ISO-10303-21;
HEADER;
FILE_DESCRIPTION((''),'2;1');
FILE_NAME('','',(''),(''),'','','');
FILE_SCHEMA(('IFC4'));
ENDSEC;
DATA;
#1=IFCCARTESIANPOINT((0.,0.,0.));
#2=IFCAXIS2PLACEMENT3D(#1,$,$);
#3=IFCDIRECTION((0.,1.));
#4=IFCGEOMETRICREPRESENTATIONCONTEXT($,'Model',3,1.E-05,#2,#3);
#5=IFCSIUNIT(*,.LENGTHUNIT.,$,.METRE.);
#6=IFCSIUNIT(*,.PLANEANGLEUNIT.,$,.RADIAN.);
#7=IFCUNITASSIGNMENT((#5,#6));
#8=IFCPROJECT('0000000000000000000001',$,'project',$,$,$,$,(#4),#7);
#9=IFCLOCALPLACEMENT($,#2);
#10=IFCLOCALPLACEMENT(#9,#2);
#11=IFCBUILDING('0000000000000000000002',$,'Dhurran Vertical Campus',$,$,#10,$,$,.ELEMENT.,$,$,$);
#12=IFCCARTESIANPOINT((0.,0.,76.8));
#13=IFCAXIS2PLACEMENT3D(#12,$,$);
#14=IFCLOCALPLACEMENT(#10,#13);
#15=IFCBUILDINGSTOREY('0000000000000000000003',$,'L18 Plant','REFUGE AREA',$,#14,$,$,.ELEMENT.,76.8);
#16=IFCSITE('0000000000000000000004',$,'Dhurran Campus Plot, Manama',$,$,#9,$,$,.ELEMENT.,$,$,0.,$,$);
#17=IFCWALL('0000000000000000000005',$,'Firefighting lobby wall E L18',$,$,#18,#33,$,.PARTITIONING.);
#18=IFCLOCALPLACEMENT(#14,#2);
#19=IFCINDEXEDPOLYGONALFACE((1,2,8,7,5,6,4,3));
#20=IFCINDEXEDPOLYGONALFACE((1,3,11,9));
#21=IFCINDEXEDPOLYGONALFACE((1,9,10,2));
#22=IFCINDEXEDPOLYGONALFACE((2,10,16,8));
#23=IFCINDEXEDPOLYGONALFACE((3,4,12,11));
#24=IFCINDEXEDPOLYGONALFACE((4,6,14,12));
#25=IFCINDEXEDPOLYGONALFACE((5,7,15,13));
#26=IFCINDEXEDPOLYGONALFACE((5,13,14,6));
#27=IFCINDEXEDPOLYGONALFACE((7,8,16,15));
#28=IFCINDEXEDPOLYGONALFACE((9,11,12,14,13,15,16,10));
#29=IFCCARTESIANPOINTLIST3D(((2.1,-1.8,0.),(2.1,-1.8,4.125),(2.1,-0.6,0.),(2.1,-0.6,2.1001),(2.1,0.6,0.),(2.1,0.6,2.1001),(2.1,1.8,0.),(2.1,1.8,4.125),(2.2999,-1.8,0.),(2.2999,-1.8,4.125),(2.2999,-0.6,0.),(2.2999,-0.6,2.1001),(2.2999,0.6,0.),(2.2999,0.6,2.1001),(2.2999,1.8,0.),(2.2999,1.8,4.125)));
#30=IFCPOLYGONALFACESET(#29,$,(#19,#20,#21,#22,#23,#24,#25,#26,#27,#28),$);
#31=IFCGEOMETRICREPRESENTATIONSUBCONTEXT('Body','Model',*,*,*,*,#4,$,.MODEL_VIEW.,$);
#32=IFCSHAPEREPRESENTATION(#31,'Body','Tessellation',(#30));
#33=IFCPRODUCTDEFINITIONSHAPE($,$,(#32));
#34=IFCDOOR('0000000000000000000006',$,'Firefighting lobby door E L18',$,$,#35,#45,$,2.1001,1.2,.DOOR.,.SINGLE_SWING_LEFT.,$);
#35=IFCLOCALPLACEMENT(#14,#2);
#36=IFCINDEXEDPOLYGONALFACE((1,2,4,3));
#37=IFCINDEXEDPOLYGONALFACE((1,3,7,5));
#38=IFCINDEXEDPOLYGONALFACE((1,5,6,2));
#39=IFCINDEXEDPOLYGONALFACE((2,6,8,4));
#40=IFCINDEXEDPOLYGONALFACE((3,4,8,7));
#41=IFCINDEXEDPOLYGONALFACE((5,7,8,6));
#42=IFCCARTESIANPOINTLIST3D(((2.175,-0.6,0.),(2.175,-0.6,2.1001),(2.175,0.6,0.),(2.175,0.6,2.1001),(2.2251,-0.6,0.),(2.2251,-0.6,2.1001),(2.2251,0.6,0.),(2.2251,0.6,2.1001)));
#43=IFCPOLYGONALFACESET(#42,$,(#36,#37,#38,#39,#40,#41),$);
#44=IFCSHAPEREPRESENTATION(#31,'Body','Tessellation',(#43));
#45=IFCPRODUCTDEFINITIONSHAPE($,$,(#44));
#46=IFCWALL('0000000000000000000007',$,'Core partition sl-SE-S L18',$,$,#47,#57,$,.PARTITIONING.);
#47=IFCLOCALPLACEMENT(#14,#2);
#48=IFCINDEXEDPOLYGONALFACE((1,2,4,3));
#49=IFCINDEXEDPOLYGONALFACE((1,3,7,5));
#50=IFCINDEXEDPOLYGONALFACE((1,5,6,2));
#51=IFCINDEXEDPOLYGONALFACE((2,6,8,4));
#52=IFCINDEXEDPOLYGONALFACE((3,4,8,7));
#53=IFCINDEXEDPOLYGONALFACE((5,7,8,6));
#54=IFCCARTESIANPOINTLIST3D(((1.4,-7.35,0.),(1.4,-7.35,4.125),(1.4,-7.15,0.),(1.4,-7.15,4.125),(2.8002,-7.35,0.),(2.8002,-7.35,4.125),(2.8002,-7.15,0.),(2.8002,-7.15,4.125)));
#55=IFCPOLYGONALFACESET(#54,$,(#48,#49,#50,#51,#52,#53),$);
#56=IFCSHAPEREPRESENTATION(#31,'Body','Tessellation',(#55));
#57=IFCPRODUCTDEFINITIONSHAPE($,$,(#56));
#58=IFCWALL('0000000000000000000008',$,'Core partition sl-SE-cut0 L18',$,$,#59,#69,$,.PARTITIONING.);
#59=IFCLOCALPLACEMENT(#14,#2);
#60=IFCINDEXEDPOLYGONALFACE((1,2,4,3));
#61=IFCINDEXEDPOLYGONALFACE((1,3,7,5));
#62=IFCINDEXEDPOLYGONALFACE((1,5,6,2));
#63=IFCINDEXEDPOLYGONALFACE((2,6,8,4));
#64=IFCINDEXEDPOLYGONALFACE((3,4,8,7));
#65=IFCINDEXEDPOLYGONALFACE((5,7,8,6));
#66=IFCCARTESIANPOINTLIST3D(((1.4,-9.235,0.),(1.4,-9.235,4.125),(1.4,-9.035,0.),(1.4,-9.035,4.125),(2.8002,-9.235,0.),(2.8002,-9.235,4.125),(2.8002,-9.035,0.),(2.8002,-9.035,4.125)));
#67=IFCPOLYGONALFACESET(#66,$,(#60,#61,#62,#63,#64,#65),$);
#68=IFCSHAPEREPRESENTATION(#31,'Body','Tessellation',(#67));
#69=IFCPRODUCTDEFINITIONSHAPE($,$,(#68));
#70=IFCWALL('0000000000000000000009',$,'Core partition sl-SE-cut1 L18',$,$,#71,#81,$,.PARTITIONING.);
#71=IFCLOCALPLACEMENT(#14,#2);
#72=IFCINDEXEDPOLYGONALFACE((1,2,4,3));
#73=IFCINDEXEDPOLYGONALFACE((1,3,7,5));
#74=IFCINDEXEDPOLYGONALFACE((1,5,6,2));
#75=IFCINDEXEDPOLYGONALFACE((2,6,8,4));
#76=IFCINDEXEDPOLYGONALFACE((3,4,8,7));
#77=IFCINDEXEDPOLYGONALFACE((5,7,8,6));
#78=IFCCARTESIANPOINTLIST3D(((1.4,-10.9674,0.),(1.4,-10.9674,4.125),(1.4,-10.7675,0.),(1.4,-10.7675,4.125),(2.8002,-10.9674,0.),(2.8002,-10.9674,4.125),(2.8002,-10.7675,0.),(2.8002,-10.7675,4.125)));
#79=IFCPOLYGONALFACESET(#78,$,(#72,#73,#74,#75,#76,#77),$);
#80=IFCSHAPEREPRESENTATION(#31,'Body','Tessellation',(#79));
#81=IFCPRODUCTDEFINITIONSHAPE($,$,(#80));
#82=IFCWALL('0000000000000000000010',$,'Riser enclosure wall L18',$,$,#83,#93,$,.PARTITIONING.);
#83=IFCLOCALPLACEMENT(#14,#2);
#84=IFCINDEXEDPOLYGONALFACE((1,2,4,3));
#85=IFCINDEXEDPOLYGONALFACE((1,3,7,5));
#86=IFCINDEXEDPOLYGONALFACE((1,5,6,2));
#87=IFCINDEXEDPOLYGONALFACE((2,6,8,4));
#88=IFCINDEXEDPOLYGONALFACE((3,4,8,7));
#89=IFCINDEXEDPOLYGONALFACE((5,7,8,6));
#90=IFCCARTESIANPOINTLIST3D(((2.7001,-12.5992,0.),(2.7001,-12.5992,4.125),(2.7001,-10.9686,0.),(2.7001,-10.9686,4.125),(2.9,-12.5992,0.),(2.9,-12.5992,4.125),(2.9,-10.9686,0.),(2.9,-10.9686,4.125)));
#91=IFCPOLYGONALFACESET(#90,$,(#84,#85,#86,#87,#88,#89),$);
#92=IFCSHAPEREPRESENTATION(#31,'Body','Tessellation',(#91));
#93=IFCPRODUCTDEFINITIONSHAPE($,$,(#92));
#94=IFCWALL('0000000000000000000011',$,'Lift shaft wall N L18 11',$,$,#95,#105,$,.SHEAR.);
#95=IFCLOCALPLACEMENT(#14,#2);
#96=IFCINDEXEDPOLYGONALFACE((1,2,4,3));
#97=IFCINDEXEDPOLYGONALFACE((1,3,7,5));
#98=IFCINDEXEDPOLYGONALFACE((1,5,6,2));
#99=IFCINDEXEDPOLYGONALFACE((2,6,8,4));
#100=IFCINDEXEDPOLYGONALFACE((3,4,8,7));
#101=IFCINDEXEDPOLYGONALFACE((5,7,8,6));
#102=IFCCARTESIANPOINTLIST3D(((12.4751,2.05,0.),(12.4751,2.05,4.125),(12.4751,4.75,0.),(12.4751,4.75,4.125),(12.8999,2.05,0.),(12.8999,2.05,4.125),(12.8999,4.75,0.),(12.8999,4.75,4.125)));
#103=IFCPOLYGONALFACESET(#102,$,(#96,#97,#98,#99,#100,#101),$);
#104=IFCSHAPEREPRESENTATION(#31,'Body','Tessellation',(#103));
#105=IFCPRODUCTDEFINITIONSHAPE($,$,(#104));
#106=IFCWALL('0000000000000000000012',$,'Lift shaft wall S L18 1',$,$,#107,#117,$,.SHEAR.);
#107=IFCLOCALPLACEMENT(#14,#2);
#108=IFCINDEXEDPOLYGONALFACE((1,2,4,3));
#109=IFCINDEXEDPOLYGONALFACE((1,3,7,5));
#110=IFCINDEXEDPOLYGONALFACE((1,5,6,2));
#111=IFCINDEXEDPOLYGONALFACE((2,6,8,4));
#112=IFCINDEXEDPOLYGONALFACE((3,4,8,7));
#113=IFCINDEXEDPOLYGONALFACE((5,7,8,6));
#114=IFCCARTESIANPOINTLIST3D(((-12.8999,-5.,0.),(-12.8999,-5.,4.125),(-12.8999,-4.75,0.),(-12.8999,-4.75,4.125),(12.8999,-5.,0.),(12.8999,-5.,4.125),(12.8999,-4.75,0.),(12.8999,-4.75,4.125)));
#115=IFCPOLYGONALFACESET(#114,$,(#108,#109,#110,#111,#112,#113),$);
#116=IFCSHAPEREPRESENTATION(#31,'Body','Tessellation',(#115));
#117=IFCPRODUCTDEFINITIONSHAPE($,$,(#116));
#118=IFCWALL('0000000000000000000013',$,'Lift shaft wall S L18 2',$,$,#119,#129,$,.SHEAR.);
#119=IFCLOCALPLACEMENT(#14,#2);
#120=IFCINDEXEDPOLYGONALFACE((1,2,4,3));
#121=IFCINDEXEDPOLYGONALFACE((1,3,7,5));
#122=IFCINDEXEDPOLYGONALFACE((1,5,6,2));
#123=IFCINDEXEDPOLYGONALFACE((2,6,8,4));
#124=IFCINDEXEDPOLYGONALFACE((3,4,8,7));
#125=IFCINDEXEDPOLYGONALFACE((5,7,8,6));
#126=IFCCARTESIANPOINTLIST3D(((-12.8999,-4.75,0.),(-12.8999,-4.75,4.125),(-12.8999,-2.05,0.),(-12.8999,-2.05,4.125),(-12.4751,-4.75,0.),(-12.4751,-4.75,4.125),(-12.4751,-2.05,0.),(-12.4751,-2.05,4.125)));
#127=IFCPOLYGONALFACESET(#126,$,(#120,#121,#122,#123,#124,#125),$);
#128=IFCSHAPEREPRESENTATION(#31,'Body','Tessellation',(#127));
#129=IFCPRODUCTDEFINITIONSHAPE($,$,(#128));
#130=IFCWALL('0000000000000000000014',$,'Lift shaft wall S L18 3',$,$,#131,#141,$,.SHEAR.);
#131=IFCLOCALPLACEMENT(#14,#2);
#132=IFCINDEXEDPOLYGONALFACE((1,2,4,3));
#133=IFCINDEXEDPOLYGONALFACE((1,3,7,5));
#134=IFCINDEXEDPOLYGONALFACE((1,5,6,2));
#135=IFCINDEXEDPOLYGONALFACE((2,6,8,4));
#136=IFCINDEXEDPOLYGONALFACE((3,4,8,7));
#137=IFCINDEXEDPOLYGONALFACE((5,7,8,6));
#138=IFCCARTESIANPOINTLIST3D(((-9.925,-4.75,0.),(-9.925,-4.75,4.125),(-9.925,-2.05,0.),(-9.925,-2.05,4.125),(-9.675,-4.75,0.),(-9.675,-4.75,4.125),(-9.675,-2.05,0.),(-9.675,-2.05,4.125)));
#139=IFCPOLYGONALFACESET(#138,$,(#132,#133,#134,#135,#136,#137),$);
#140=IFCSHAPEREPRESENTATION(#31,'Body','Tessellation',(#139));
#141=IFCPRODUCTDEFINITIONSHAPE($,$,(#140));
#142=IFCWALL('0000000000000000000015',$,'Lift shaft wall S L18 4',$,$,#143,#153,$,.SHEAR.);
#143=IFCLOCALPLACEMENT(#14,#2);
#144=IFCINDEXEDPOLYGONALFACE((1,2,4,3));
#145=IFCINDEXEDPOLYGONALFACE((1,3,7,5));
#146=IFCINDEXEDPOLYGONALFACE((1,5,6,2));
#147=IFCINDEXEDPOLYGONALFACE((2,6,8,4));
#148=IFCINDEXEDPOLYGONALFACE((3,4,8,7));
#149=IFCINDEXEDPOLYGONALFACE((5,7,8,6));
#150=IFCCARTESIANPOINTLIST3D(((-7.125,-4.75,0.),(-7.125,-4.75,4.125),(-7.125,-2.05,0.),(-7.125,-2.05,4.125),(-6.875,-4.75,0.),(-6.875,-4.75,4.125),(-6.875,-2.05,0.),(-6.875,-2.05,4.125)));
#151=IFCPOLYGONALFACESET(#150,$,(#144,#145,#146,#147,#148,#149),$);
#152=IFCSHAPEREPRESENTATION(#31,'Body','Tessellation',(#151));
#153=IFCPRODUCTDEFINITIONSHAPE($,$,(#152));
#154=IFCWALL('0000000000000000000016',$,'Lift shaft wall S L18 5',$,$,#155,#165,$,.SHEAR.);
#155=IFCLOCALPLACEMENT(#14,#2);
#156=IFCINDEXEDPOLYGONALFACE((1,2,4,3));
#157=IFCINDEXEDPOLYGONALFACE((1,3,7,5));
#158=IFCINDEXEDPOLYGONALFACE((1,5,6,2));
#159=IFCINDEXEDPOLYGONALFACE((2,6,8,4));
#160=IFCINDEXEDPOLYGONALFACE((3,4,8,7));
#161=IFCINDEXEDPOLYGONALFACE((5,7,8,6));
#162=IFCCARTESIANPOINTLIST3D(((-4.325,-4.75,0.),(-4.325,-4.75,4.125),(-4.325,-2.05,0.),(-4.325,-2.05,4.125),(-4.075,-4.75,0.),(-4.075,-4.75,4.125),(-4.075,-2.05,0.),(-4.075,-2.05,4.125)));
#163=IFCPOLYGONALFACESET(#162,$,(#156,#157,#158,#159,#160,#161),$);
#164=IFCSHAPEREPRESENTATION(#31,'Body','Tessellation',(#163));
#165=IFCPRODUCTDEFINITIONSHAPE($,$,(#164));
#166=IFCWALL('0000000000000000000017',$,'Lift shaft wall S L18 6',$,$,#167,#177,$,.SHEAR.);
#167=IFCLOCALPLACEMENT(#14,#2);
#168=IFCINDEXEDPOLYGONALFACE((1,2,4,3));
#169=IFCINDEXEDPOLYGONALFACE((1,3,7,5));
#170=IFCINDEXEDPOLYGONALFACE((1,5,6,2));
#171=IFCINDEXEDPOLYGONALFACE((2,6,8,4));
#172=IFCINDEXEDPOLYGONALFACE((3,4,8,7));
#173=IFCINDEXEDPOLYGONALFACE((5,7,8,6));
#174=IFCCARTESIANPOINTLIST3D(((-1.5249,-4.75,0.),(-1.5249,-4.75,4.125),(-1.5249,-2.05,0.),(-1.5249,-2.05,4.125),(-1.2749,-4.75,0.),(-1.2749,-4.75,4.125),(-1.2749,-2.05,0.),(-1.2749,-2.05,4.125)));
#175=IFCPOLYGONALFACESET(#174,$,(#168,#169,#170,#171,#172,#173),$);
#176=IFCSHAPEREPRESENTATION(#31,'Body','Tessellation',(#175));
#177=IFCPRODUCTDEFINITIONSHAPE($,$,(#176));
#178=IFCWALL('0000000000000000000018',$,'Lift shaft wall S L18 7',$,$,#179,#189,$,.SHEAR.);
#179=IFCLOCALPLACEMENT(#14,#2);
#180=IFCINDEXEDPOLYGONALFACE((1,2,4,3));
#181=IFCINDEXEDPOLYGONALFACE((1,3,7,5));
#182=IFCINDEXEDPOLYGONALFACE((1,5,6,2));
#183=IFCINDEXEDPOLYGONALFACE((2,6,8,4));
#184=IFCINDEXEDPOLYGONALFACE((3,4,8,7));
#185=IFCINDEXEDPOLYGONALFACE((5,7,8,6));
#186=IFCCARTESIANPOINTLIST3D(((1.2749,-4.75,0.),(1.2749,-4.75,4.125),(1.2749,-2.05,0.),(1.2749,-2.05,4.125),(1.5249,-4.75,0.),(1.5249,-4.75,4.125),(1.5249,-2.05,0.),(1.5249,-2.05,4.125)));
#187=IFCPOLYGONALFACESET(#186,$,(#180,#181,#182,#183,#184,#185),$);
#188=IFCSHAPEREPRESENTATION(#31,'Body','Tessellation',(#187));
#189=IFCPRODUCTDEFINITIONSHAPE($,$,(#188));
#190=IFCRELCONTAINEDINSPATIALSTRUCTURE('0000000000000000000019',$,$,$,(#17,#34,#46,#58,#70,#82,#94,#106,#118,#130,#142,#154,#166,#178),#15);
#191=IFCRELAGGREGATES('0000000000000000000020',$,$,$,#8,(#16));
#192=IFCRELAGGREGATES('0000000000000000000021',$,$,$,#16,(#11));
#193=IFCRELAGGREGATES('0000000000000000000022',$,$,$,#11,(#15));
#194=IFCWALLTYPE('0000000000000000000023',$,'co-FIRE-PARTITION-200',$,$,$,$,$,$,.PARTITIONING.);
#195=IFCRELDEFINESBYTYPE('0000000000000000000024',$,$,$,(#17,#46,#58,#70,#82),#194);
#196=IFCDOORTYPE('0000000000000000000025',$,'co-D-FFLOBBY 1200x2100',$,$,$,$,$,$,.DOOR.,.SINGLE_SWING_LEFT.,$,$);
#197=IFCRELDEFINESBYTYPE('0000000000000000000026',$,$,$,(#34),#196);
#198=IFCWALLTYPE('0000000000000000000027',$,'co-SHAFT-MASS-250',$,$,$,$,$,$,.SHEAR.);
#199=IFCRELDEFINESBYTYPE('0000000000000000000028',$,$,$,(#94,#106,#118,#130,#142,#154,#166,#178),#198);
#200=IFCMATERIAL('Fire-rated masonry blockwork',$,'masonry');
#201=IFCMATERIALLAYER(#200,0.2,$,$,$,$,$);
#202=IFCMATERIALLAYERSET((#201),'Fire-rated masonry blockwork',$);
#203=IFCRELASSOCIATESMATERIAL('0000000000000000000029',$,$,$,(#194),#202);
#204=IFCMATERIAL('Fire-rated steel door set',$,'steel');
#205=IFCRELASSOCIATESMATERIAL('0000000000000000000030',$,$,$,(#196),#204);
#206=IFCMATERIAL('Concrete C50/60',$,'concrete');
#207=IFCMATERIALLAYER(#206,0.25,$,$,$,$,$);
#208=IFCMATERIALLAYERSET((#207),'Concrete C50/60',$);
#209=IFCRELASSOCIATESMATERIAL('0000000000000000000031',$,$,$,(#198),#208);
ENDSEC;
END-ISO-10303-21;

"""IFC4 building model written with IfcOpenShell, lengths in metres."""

from ifc_helpers import new_model, si_unit, direction, frame, frame_2d, origin, place, context, subcontext, project, spatial, polyline, rectangle, outline, extrude, material, layer, layer_set, type_object, element, fill, save


model = new_model("IFC4")

# Units and contexts
model_context = context("Model", 3, precision=1e-05, world=origin(), true_north=direction((0.0, 1.0)))
body_context = subcontext(model_context, "Body", "Model", "MODEL_VIEW")
ifc_project = project(units=[si_unit("LENGTHUNIT", "METRE"), si_unit("PLANEANGLEUNIT", "RADIAN")], contexts=[model_context])

# Site, building, storey
site_placement = place(None, origin())
site = spatial("IfcSite", under=ifc_project, at=site_placement, Name="Dhurran Campus Plot, Manama", CompositionType="ELEMENT", RefElevation=0.0)
building_placement = place(site_placement, origin())
building = spatial("IfcBuilding", under=site, at=building_placement, Name="Dhurran Vertical Campus", CompositionType="ELEMENT")
storey_placement = place(building_placement, frame((0.0, 0.0, 76.8)))
storey = spatial("IfcBuildingStorey", under=building, at=storey_placement, Name="L18 Plant", Description="REFUGE AREA", CompositionType="ELEMENT", Elevation=76.8)

# Wall, opening, door
ifc_material_1 = material(Name="Fire-rated masonry blockwork", Category="masonry")
ifc_layer_1 = layer(ifc_material_1, 0.2)
ifc_layer_set_1 = layer_set([ifc_layer_1], Name="Fire-rated masonry blockwork")
wall_type_1 = type_object("IfcWallType", Name="co-FIRE-PARTITION-200", PredefinedType="PARTITIONING", material=ifc_layer_set_1)
wall_1_placement = place(storey_placement, frame((2.2, -1.8, 0.0), z_axis=(0.0, 0.0, 1.0), x_axis=(0.0, 1.0, 0.0)))
wall_1 = element("IfcWall", 1, at=wall_1_placement, inside=storey, type_object=wall_type_1, Name="Firefighting lobby wall E L18", PredefinedType="PARTITIONING", context=body_context, shape_type="SweptSolid", body=[
    extrude(rectangle(XDim=3.6001, YDim=0.2, at=frame_2d((1.8, 0.0))), origin(), (0.0, 0.0, 1.0), 4.125),
])
opening_1_placement = place(wall_1_placement, frame((1.2, 0.0, 0.0)))
opening_1 = element("IfcOpeningElement", 2, at=opening_1_placement, cuts=wall_1, PredefinedType="OPENING", context=body_context, shape_type="SweptSolid", body=[
    extrude(rectangle(XDim=1.2, YDim=2.1001, at=frame_2d((0.6001, 1.05))), frame((0.0, 0.1099, 0.0), z_axis=(0.0, -1.0, 0.0), x_axis=(1.0, 0.0, 0.0)), (0.0, 0.0, 1.0), 0.22),
])
ifc_material_2 = material(Name="Fire-rated steel door set", Category="steel")
door_type_1 = type_object("IfcDoorType", Name="co-D-FFLOBBY 1200x2100", OperationType="SINGLE_SWING_LEFT", PredefinedType="DOOR", material=ifc_material_2)
door_1_placement = place(opening_1_placement, origin())
door_1 = element("IfcDoor", 3, at=door_1_placement, inside=storey, type_object=door_type_1, Name="Firefighting lobby door E L18", OperationType="SINGLE_SWING_LEFT", OverallHeight=2.1001, OverallWidth=1.2, PredefinedType="DOOR", context=body_context, shape_type="SweptSolid", body=[
    extrude(rectangle(XDim=1.2, YDim=2.1001, at=frame_2d((0.6001, 1.05))), frame((0.0, 0.0249, 0.0), z_axis=(0.0, -1.0, 0.0), x_axis=(1.0, 0.0, 0.0)), (0.0, 0.0, 1.0), 0.05),
])
fill(opening_1, door_1)

# Walls
for number, where, z_axis, x_axis, name in (
    (4, (1.3999, -7.25, 0.0), (0.0, 0.0, 1.0), (1.0, 0.0, 0.0), "Core partition sl-SE-S L18"),
    (5, (1.3999, -9.135, 0.0), (0.0, 0.0, 1.0), (1.0, 0.0, 0.0), "Core partition sl-SE-cut0 L18"),
    (6, (1.3999, -10.8674, 0.0), (0.0, 0.0, 1.0), (1.0, 0.0, 0.0), "Core partition sl-SE-cut1 L18"),
):
    element("IfcWall", number, at=place(storey_placement, frame(where, z_axis=z_axis, x_axis=x_axis)), inside=storey, type_object=wall_type_1, Name=name, PredefinedType="PARTITIONING", context=body_context, shape_type="SweptSolid", body=[
        extrude(rectangle(XDim=1.4001, YDim=0.2, at=frame_2d((0.7002, 0.0))), origin(), (0.0, 0.0, 1.0), 4.125),
    ])
wall_2_placement = place(storey_placement, frame((2.8, -10.9685, 0.0), z_axis=(0.0, 0.0, 1.0), x_axis=(0.0, -1.0, 0.0)))
element("IfcWall", 7, at=wall_2_placement, inside=storey, type_object=wall_type_1, Name="Riser enclosure wall L18", PredefinedType="PARTITIONING", context=body_context, shape_type="SweptSolid", body=[
    extrude(rectangle(XDim=1.6306, YDim=0.2, at=frame_2d((0.8154, 0.0))), origin(), (0.0, 0.0, 1.0), 4.125),
])
ifc_material_3 = material(Name="Concrete C50/60", Category="concrete")
ifc_layer_2 = layer(ifc_material_3, 0.25)
ifc_layer_set_2 = layer_set([ifc_layer_2], Name="Concrete C50/60")
wall_type_2 = type_object("IfcWallType", Name="co-SHAFT-MASS-250", PredefinedType="SHEAR", material=ifc_layer_set_2)
wall_3_placement = place(storey_placement, origin())
element("IfcWall", 8, at=wall_3_placement, inside=storey, type_object=wall_type_2, Name="Lift shaft wall N L18 11", PredefinedType="SHEAR", context=body_context, shape_type="SweptSolid", body=[
    extrude(outline(polyline([(12.4751, 2.05), (12.8999, 2.05), (12.8999, 4.75), (12.4751, 4.75), (12.4751, 2.05)])), origin(), (0.0, 0.0, 1.0), 4.125),
])
wall_4_placement = place(storey_placement, origin())
element("IfcWall", 9, at=wall_4_placement, inside=storey, type_object=wall_type_2, Name="Lift shaft wall S L18 1", PredefinedType="SHEAR", context=body_context, shape_type="SweptSolid", body=[
    extrude(outline(polyline([(-12.8999, -5.0), (12.8999, -5.0), (12.8999, -4.75), (-12.8999, -4.75), (-12.8999, -5.0)])), origin(), (0.0, 0.0, 1.0), 4.125),
])
wall_5_placement = place(storey_placement, origin())
element("IfcWall", 10, at=wall_5_placement, inside=storey, type_object=wall_type_2, Name="Lift shaft wall S L18 2", PredefinedType="SHEAR", context=body_context, shape_type="SweptSolid", body=[
    extrude(outline(polyline([(-12.8999, -4.75), (-12.4751, -4.75), (-12.4751, -2.05), (-12.8999, -2.05), (-12.8999, -4.75)])), origin(), (0.0, 0.0, 1.0), 4.125),
])
wall_6_placement = place(storey_placement, origin())
element("IfcWall", 11, at=wall_6_placement, inside=storey, type_object=wall_type_2, Name="Lift shaft wall S L18 3", PredefinedType="SHEAR", context=body_context, shape_type="SweptSolid", body=[
    extrude(outline(polyline([(-9.925, -4.75), (-9.675, -4.75), (-9.675, -2.05), (-9.925, -2.05), (-9.925, -4.75)])), origin(), (0.0, 0.0, 1.0), 4.125),
])
wall_7_placement = place(storey_placement, origin())
element("IfcWall", 12, at=wall_7_placement, inside=storey, type_object=wall_type_2, Name="Lift shaft wall S L18 4", PredefinedType="SHEAR", context=body_context, shape_type="SweptSolid", body=[
    extrude(outline(polyline([(-7.125, -4.75), (-6.875, -4.75), (-6.875, -2.05), (-7.125, -2.05), (-7.125, -4.75)])), origin(), (0.0, 0.0, 1.0), 4.125),
])
wall_8_placement = place(storey_placement, origin())
element("IfcWall", 13, at=wall_8_placement, inside=storey, type_object=wall_type_2, Name="Lift shaft wall S L18 5", PredefinedType="SHEAR", context=body_context, shape_type="SweptSolid", body=[
    extrude(outline(polyline([(-4.325, -4.75), (-4.075, -4.75), (-4.075, -2.05), (-4.325, -2.05), (-4.325, -4.75)])), origin(), (0.0, 0.0, 1.0), 4.125),
])
wall_9_placement = place(storey_placement, origin())
element("IfcWall", 14, at=wall_9_placement, inside=storey, type_object=wall_type_2, Name="Lift shaft wall S L18 6", PredefinedType="SHEAR", context=body_context, shape_type="SweptSolid", body=[
    extrude(outline(polyline([(-1.5249, -4.75), (-1.2749, -4.75), (-1.2749, -2.05), (-1.5249, -2.05), (-1.5249, -4.75)])), origin(), (0.0, 0.0, 1.0), 4.125),
])
wall_10_placement = place(storey_placement, origin())
element("IfcWall", 15, at=wall_10_placement, inside=storey, type_object=wall_type_2, Name="Lift shaft wall S L18 7", PredefinedType="SHEAR", context=body_context, shape_type="SweptSolid", body=[
    extrude(outline(polyline([(1.2749, -4.75), (1.5249, -4.75), (1.5249, -2.05), (1.2749, -2.05), (1.2749, -4.75)])), origin(), (0.0, 0.0, 1.0), 4.125),
])

save(model, "model.ifc")
